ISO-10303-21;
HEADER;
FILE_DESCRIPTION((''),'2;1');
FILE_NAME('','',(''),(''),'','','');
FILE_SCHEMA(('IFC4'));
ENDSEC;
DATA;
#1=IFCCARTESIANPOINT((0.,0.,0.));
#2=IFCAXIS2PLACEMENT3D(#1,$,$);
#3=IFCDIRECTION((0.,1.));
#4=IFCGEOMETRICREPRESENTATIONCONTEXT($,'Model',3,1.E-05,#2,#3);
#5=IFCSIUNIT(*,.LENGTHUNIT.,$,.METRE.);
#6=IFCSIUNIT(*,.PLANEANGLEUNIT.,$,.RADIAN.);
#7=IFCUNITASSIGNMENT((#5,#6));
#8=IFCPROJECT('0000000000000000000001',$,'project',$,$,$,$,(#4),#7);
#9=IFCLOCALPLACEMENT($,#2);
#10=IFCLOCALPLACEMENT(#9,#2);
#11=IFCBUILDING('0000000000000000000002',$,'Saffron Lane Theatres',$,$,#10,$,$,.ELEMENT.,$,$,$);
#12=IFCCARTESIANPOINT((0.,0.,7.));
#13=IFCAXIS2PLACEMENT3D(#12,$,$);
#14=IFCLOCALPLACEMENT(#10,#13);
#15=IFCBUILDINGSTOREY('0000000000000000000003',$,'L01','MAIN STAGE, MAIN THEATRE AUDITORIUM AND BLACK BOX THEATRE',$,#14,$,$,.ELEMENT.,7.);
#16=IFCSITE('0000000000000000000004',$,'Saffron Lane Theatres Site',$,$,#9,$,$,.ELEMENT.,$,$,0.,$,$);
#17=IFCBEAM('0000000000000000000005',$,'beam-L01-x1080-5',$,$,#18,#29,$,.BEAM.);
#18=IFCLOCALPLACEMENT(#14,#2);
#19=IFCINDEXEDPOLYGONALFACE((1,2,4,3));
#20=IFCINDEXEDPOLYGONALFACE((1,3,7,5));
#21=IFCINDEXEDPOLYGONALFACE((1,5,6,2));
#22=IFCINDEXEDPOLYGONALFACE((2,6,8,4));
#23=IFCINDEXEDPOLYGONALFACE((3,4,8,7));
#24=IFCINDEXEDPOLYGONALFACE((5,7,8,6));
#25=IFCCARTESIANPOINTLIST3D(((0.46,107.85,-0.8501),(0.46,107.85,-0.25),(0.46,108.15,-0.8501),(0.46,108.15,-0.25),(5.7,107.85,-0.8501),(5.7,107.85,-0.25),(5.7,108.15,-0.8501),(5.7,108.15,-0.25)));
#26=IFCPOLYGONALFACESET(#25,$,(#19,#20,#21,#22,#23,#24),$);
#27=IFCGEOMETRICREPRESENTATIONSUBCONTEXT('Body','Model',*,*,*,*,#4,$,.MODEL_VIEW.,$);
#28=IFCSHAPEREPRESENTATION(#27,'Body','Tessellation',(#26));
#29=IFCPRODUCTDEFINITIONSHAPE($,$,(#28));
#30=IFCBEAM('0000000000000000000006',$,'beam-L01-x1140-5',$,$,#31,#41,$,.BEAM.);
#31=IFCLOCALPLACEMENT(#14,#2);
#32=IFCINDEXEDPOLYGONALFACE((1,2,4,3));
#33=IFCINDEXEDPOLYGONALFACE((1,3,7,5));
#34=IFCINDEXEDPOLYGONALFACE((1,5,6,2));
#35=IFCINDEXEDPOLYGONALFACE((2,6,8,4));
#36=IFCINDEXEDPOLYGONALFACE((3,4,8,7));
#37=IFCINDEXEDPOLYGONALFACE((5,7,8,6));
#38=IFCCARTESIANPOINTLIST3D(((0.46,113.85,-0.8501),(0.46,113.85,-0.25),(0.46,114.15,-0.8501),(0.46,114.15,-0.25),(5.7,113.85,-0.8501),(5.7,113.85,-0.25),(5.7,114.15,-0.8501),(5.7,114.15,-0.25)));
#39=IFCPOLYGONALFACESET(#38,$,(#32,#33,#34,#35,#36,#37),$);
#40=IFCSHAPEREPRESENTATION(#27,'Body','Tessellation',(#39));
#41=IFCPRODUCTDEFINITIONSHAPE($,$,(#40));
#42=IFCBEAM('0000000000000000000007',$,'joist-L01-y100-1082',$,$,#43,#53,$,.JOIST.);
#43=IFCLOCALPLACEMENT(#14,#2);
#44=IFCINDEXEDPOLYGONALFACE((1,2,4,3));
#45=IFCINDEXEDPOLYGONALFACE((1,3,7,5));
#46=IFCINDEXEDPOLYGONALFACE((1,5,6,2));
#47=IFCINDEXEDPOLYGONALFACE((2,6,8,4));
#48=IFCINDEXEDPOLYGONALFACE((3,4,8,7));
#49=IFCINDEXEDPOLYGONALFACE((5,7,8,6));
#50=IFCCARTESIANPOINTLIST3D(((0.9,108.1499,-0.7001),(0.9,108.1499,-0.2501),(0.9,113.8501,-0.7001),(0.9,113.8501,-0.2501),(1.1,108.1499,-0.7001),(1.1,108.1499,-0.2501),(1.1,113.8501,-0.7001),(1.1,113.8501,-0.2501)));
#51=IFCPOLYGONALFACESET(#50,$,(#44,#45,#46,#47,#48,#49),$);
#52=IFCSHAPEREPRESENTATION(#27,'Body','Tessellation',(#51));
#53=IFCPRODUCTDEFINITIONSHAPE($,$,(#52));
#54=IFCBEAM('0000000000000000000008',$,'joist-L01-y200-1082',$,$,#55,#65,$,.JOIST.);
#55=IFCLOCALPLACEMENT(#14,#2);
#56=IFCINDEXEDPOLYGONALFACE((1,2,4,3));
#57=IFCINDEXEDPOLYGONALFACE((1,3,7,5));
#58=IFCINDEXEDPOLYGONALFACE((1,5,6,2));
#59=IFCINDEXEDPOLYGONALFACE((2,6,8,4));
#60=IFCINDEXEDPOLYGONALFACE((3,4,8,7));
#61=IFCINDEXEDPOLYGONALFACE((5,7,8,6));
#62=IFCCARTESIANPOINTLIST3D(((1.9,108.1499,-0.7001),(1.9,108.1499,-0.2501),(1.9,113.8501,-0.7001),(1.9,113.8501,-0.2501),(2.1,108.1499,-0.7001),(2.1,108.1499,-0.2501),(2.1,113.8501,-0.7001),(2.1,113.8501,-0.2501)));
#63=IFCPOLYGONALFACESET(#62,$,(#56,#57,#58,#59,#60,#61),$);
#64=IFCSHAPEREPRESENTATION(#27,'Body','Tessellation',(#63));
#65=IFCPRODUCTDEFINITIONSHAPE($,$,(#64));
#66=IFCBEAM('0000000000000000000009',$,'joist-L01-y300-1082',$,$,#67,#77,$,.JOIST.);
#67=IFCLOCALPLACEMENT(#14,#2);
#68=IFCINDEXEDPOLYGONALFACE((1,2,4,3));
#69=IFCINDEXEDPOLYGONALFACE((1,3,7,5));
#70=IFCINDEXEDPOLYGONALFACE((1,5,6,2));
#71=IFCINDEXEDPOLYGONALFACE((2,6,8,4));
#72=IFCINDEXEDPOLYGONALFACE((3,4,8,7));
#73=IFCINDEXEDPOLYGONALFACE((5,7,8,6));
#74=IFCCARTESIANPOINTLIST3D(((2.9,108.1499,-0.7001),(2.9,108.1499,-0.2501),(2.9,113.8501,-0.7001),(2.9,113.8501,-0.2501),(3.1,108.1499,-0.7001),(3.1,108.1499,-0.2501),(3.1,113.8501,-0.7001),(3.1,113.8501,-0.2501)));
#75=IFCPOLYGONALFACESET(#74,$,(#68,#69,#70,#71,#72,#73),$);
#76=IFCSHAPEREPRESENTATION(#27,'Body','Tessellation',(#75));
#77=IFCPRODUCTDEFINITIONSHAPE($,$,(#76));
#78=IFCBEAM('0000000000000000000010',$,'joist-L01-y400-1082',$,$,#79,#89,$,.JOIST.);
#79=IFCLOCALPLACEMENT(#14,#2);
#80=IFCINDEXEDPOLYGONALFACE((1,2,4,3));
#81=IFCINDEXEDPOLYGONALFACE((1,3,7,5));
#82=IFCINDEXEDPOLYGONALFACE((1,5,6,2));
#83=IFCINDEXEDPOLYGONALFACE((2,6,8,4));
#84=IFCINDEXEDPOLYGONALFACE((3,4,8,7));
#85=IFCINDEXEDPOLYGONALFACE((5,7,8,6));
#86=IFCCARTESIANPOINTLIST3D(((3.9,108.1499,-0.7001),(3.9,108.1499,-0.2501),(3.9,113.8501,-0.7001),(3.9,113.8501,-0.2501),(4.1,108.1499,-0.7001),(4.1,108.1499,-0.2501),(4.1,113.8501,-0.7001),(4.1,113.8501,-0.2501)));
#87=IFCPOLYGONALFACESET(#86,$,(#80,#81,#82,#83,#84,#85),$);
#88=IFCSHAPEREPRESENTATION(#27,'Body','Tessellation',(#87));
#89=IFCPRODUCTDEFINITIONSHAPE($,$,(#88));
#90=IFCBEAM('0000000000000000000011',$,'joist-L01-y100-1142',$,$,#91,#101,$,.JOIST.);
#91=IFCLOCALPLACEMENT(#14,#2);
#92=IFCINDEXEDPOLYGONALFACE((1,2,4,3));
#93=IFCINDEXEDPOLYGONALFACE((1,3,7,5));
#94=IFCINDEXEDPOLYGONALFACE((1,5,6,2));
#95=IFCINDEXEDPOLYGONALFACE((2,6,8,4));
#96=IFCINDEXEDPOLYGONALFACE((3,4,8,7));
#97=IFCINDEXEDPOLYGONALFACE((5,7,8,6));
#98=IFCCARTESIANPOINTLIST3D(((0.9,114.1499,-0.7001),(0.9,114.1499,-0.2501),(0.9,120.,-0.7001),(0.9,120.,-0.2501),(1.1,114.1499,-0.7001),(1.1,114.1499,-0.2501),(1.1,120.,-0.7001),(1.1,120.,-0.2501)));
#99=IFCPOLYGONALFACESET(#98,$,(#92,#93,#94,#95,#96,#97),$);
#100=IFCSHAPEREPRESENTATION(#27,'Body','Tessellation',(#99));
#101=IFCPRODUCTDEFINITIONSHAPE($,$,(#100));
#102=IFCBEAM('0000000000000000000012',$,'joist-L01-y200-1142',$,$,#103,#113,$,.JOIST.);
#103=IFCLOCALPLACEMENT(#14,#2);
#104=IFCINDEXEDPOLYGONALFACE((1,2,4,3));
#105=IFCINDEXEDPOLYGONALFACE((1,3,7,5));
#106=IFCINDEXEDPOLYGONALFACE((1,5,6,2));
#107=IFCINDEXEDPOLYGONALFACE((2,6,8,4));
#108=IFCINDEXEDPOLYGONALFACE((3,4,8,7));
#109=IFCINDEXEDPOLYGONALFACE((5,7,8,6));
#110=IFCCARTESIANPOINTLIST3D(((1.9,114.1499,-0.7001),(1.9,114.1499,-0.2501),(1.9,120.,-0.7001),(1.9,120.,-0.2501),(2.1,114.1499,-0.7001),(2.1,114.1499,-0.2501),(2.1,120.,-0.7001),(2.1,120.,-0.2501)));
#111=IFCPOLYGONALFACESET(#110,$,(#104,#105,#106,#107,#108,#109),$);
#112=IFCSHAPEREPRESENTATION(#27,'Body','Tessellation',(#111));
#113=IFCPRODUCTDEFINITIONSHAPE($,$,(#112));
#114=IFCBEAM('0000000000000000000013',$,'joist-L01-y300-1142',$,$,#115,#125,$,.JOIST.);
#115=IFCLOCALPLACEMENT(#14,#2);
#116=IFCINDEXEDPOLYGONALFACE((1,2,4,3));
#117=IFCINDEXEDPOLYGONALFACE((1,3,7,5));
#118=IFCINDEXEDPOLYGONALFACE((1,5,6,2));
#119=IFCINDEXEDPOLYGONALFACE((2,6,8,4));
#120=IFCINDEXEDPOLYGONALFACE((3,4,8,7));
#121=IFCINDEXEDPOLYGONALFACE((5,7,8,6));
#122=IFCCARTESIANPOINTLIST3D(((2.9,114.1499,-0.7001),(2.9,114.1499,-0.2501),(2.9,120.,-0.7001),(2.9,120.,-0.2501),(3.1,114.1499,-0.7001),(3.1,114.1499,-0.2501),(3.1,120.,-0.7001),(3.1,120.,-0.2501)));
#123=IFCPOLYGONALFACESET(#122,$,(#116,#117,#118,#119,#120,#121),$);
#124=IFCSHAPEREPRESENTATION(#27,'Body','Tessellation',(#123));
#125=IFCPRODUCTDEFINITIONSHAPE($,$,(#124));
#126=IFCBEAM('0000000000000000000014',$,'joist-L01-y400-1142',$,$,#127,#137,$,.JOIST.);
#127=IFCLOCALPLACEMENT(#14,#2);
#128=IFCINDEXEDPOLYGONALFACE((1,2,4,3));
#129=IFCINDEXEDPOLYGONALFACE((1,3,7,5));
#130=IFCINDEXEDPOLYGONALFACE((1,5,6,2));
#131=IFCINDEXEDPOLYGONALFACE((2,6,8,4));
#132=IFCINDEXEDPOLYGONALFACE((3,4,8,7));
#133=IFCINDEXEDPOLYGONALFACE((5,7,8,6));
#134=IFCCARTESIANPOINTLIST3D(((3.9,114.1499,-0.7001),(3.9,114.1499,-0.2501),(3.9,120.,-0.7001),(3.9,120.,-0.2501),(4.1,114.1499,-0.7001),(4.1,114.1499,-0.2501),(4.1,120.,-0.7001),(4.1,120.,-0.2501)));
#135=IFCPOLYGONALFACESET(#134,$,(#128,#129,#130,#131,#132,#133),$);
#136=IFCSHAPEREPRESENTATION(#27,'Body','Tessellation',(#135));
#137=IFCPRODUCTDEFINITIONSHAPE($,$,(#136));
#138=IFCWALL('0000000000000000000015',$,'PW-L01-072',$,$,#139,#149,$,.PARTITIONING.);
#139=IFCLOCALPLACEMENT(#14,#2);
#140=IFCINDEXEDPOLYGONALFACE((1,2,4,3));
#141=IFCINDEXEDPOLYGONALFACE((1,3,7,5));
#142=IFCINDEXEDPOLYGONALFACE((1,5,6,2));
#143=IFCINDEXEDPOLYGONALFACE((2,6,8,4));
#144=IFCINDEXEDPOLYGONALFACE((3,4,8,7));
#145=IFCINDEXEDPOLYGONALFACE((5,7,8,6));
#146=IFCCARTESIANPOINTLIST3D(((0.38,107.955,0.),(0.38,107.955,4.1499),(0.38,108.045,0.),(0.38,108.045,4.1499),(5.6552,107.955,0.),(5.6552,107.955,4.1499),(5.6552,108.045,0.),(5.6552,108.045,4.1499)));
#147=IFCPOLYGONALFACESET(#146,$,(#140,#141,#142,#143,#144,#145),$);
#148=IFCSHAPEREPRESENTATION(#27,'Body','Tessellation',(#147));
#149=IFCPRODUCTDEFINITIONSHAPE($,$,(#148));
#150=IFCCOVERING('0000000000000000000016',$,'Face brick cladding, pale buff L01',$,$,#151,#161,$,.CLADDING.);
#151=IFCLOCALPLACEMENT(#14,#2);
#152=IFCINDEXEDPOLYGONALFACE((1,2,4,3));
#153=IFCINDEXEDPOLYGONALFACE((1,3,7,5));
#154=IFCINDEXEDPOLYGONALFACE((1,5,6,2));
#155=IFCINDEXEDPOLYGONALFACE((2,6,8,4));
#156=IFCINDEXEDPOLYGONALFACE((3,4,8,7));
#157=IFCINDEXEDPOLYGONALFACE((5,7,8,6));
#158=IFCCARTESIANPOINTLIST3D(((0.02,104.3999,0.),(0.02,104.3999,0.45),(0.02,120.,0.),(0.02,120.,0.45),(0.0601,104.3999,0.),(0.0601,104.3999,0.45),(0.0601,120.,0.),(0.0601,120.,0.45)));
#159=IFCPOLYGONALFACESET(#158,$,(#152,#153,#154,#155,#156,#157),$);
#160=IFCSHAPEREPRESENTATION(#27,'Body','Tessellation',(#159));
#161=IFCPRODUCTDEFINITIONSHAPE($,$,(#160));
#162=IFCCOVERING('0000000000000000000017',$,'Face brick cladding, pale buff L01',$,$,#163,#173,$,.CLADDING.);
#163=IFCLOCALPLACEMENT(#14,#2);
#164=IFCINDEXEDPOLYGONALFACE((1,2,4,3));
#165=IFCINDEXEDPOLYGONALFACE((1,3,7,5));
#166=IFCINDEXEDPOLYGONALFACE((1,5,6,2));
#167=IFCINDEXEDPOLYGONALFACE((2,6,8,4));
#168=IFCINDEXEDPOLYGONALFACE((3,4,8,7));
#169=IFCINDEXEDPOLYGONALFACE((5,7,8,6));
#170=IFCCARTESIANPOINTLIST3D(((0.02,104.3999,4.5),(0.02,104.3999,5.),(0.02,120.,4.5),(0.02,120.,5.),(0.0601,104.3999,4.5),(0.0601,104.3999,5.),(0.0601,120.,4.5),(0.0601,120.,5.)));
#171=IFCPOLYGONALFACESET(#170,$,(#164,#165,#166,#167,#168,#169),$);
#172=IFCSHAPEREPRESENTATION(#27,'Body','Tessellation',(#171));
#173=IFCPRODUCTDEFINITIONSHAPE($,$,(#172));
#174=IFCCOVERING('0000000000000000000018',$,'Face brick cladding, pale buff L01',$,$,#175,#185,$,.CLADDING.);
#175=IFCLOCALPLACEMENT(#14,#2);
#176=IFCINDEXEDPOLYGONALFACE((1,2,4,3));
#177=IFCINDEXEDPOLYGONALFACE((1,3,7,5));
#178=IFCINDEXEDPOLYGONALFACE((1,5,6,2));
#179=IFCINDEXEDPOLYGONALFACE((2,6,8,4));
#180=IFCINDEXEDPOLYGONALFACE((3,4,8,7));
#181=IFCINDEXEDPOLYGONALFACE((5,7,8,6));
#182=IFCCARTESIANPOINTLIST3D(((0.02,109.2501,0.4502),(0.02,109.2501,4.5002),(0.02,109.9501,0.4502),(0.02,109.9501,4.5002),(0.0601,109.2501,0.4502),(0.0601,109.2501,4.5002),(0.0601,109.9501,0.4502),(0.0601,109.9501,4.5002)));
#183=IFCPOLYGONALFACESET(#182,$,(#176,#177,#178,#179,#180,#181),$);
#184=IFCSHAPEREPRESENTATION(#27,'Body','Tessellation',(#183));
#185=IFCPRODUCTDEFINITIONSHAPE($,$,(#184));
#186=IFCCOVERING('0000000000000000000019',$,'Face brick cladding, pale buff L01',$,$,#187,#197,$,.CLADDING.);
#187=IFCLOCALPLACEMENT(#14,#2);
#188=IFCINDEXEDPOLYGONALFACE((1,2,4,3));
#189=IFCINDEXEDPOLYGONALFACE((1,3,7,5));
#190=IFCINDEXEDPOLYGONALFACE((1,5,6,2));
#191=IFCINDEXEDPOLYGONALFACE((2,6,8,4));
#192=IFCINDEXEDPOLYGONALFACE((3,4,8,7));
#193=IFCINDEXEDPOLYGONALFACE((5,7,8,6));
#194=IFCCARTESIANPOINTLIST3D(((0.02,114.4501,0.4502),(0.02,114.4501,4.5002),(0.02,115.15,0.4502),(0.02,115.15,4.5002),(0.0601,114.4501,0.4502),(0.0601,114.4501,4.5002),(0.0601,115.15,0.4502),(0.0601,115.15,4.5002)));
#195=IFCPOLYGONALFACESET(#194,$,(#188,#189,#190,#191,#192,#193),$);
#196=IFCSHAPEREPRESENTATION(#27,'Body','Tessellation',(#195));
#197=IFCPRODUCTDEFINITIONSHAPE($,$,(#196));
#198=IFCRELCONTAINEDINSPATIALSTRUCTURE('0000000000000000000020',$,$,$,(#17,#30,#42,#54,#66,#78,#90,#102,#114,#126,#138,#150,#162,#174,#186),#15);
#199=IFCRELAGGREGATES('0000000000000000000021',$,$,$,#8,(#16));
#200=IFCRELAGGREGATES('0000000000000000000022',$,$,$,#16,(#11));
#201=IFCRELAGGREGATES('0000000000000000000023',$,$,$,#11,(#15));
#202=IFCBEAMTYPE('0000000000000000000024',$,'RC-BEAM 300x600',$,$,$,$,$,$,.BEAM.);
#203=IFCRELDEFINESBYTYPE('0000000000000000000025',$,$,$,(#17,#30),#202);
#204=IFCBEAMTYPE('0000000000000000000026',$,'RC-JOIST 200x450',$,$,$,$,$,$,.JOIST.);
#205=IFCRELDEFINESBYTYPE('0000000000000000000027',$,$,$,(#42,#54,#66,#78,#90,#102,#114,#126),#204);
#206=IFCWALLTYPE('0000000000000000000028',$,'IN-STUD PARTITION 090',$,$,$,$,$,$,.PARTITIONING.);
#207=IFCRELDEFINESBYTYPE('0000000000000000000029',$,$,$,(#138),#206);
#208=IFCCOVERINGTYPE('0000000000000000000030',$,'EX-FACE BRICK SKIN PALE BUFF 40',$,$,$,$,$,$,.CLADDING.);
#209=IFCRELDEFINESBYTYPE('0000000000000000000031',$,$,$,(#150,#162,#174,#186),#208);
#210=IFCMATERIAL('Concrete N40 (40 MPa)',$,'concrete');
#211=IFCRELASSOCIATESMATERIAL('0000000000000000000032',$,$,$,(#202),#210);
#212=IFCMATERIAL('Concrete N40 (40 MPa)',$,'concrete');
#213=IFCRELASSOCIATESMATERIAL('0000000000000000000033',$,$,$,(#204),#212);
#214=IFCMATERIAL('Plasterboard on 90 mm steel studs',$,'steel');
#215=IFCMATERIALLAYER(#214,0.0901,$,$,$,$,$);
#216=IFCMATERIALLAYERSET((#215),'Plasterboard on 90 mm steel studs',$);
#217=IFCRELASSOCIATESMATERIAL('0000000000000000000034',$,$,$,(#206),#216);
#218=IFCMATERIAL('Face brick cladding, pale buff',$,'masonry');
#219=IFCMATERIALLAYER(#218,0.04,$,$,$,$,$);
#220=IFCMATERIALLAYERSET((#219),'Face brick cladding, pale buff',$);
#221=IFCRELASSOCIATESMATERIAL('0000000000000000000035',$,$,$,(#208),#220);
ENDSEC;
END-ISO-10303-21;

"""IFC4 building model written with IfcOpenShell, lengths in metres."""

from ifc_helpers import new_model, si_unit, direction, frame, frame_2d, origin, origin_2d, place, context, subcontext, project, spatial, rectangle, extrude, material, layer, layer_set, material_profile, profile_set, type_object, element, save


model = new_model("IFC4")

# Units and contexts
model_context = context("Model", 3, precision=1e-05, world=origin(), true_north=direction((0.0, 1.0)))
body_context = subcontext(model_context, "Body", "Model", "MODEL_VIEW")
ifc_project = project(units=[si_unit("LENGTHUNIT", "METRE"), si_unit("PLANEANGLEUNIT", "RADIAN")], contexts=[model_context])

# Site, building, storey
site_placement = place(None, origin())
site = spatial("IfcSite", under=ifc_project, at=site_placement, Name="Saffron Lane Theatres Site", CompositionType="ELEMENT", RefElevation=0.0)
building_placement = place(site_placement, origin())
building = spatial("IfcBuilding", under=site, at=building_placement, Name="Saffron Lane Theatres", CompositionType="ELEMENT")
storey_placement = place(building_placement, frame((0.0, 0.0, 7.0)))
storey = spatial("IfcBuildingStorey", under=building, at=storey_placement, Name="L01", Description="MAIN STAGE, MAIN THEATRE AUDITORIUM AND BLACK BOX THEATRE", CompositionType="ELEMENT", Elevation=7.0)

# Beams
ifc_material_1 = material(Name="Concrete N40 (40 MPa)", Category="concrete")
ifc_material_profile_1 = material_profile(ifc_material_1, rectangle(XDim=0.3, YDim=0.6001, at=origin_2d()))
ifc_profile_set_1 = profile_set([ifc_material_profile_1], Name="Concrete N40 (40 MPa)")
beam_type_1 = type_object("IfcBeamType", Name="RC-BEAM 300x600", PredefinedType="BEAM", material=ifc_profile_set_1)
for number, where, z_axis, x_axis, name in (
    (1, (0.46, 108.0, -0.55), (1.0, 0.0, 0.0), (0.0, 1.0, 0.0), "beam-L01-x1080-5"),
    (2, (0.46, 114.0, -0.55), (1.0, 0.0, 0.0), (0.0, 1.0, 0.0), "beam-L01-x1140-5"),
):
    element("IfcBeam", number, at=place(storey_placement, frame(where, z_axis=z_axis, x_axis=x_axis)), inside=storey, type_object=beam_type_1, Name=name, PredefinedType="BEAM", context=body_context, shape_type="SweptSolid", body=[
        extrude(rectangle(XDim=0.3, YDim=0.6001, at=origin_2d()), origin(), (0.0, 0.0, 1.0), 5.24),
    ])
ifc_material_2 = material(Name="Concrete N40 (40 MPa)", Category="concrete")
ifc_material_profile_2 = material_profile(ifc_material_2, rectangle(XDim=0.2, YDim=0.45, at=origin_2d()))
ifc_profile_set_2 = profile_set([ifc_material_profile_2], Name="Concrete N40 (40 MPa)")
beam_type_2 = type_object("IfcBeamType", Name="RC-JOIST 200x450", PredefinedType="JOIST", material=ifc_profile_set_2)
for number, where, z_axis, x_axis, name in (
    (3, (1.0, 108.1499, -0.4751), (0.0, 1.0, 0.0), (-1.0, 0.0, 0.0), "joist-L01-y100-1082"),
    (4, (2.0, 108.1499, -0.4751), (0.0, 1.0, 0.0), (-1.0, 0.0, 0.0), "joist-L01-y200-1082"),
    (5, (3.0, 108.1499, -0.4751), (0.0, 1.0, 0.0), (-1.0, 0.0, 0.0), "joist-L01-y300-1082"),
    (6, (4.0, 108.1499, -0.4751), (0.0, 1.0, 0.0), (-1.0, 0.0, 0.0), "joist-L01-y400-1082"),
):
    element("IfcBeam", number, at=place(storey_placement, frame(where, z_axis=z_axis, x_axis=x_axis)), inside=storey, type_object=beam_type_2, Name=name, PredefinedType="JOIST", context=body_context, shape_type="SweptSolid", body=[
        extrude(rectangle(XDim=0.2, YDim=0.45, at=origin_2d()), origin(), (0.0, 0.0, 1.0), 5.7002),
    ])
for number, where, z_axis, x_axis, name in (
    (7, (1.0, 114.1499, -0.4751), (0.0, 1.0, 0.0), (-1.0, 0.0, 0.0), "joist-L01-y100-1142"),
    (8, (2.0, 114.1499, -0.4751), (0.0, 1.0, 0.0), (-1.0, 0.0, 0.0), "joist-L01-y200-1142"),
    (9, (3.0, 114.1499, -0.4751), (0.0, 1.0, 0.0), (-1.0, 0.0, 0.0), "joist-L01-y300-1142"),
    (10, (4.0, 114.1499, -0.4751), (0.0, 1.0, 0.0), (-1.0, 0.0, 0.0), "joist-L01-y400-1142"),
):
    element("IfcBeam", number, at=place(storey_placement, frame(where, z_axis=z_axis, x_axis=x_axis)), inside=storey, type_object=beam_type_2, Name=name, PredefinedType="JOIST", context=body_context, shape_type="SweptSolid", body=[
        extrude(rectangle(XDim=0.2, YDim=0.45, at=origin_2d()), origin(), (0.0, 0.0, 1.0), 5.8501),
    ])

# Wall
ifc_material_3 = material(Name="Plasterboard on 90 mm steel studs", Category="steel")
ifc_layer_1 = layer(ifc_material_3, 0.0901)
ifc_layer_set_1 = layer_set([ifc_layer_1], Name="Plasterboard on 90 mm steel studs")
wall_type = type_object("IfcWallType", Name="IN-STUD PARTITION 090", PredefinedType="PARTITIONING", material=ifc_layer_set_1)
wall_placement = place(storey_placement, frame((0.3799, 108.0, 0.0), z_axis=(0.0, 0.0, 1.0), x_axis=(1.0, 0.0, 0.0)))
element("IfcWall", 11, at=wall_placement, inside=storey, type_object=wall_type, Name="PW-L01-072", PredefinedType="PARTITIONING", context=body_context, shape_type="SweptSolid", body=[
    extrude(rectangle(XDim=5.2751, YDim=0.0901, at=frame_2d((2.6377, 0.0))), origin(), (0.0, 0.0, 1.0), 4.1499),
])

# Coverings
ifc_material_4 = material(Name="Face brick cladding, pale buff", Category="masonry")
ifc_layer_2 = layer(ifc_material_4, 0.04)
ifc_layer_set_2 = layer_set([ifc_layer_2], Name="Face brick cladding, pale buff")
covering_type_1 = type_object("IfcCoveringType", Name="EX-FACE BRICK SKIN PALE BUFF 40", PredefinedType="CLADDING", material=ifc_layer_set_2)
covering_1_placement = place(storey_placement, frame((0.04, 112.2, 0.0), z_axis=(0.0, 0.0, 1.0), x_axis=(0.0, 1.0, 0.0)))
element("IfcCovering", 12, at=covering_1_placement, inside=storey, type_object=covering_type_1, Name="Face brick cladding, pale buff L01", PredefinedType="CLADDING", context=body_context, shape_type="SweptSolid", body=[
    extrude(rectangle(XDim=15.6001, YDim=0.04, at=origin_2d()), origin(), (0.0, 0.0, 1.0), 0.45),
])
covering_2_placement = place(storey_placement, frame((0.04, 112.2, 4.5), z_axis=(0.0, 0.0, 1.0), x_axis=(0.0, 1.0, 0.0)))
element("IfcCovering", 13, at=covering_2_placement, inside=storey, type_object=covering_type_1, Name="Face brick cladding, pale buff L01", PredefinedType="CLADDING", context=body_context, shape_type="SweptSolid", body=[
    extrude(rectangle(XDim=15.6001, YDim=0.04, at=origin_2d()), origin(), (0.0, 0.0, 1.0), 0.5),
])
for number, where, z_axis, x_axis, name in (
    (14, (0.04, 109.6001, 0.4502), (0.0, 0.0, 1.0), (0.0, 1.0, 0.0), "Face brick cladding, pale buff L01"),
    (15, (0.04, 114.8, 0.4502), (0.0, 0.0, 1.0), (0.0, 1.0, 0.0), "Face brick cladding, pale buff L01"),
):
    element("IfcCovering", number, at=place(storey_placement, frame(where, z_axis=z_axis, x_axis=x_axis)), inside=storey, type_object=covering_type_1, Name=name, PredefinedType="CLADDING", context=body_context, shape_type="SweptSolid", body=[
        extrude(rectangle(XDim=0.7, YDim=0.04, at=origin_2d()), origin(), (0.0, 0.0, 1.0), 4.05),
    ])

save(model, "model.ifc")
